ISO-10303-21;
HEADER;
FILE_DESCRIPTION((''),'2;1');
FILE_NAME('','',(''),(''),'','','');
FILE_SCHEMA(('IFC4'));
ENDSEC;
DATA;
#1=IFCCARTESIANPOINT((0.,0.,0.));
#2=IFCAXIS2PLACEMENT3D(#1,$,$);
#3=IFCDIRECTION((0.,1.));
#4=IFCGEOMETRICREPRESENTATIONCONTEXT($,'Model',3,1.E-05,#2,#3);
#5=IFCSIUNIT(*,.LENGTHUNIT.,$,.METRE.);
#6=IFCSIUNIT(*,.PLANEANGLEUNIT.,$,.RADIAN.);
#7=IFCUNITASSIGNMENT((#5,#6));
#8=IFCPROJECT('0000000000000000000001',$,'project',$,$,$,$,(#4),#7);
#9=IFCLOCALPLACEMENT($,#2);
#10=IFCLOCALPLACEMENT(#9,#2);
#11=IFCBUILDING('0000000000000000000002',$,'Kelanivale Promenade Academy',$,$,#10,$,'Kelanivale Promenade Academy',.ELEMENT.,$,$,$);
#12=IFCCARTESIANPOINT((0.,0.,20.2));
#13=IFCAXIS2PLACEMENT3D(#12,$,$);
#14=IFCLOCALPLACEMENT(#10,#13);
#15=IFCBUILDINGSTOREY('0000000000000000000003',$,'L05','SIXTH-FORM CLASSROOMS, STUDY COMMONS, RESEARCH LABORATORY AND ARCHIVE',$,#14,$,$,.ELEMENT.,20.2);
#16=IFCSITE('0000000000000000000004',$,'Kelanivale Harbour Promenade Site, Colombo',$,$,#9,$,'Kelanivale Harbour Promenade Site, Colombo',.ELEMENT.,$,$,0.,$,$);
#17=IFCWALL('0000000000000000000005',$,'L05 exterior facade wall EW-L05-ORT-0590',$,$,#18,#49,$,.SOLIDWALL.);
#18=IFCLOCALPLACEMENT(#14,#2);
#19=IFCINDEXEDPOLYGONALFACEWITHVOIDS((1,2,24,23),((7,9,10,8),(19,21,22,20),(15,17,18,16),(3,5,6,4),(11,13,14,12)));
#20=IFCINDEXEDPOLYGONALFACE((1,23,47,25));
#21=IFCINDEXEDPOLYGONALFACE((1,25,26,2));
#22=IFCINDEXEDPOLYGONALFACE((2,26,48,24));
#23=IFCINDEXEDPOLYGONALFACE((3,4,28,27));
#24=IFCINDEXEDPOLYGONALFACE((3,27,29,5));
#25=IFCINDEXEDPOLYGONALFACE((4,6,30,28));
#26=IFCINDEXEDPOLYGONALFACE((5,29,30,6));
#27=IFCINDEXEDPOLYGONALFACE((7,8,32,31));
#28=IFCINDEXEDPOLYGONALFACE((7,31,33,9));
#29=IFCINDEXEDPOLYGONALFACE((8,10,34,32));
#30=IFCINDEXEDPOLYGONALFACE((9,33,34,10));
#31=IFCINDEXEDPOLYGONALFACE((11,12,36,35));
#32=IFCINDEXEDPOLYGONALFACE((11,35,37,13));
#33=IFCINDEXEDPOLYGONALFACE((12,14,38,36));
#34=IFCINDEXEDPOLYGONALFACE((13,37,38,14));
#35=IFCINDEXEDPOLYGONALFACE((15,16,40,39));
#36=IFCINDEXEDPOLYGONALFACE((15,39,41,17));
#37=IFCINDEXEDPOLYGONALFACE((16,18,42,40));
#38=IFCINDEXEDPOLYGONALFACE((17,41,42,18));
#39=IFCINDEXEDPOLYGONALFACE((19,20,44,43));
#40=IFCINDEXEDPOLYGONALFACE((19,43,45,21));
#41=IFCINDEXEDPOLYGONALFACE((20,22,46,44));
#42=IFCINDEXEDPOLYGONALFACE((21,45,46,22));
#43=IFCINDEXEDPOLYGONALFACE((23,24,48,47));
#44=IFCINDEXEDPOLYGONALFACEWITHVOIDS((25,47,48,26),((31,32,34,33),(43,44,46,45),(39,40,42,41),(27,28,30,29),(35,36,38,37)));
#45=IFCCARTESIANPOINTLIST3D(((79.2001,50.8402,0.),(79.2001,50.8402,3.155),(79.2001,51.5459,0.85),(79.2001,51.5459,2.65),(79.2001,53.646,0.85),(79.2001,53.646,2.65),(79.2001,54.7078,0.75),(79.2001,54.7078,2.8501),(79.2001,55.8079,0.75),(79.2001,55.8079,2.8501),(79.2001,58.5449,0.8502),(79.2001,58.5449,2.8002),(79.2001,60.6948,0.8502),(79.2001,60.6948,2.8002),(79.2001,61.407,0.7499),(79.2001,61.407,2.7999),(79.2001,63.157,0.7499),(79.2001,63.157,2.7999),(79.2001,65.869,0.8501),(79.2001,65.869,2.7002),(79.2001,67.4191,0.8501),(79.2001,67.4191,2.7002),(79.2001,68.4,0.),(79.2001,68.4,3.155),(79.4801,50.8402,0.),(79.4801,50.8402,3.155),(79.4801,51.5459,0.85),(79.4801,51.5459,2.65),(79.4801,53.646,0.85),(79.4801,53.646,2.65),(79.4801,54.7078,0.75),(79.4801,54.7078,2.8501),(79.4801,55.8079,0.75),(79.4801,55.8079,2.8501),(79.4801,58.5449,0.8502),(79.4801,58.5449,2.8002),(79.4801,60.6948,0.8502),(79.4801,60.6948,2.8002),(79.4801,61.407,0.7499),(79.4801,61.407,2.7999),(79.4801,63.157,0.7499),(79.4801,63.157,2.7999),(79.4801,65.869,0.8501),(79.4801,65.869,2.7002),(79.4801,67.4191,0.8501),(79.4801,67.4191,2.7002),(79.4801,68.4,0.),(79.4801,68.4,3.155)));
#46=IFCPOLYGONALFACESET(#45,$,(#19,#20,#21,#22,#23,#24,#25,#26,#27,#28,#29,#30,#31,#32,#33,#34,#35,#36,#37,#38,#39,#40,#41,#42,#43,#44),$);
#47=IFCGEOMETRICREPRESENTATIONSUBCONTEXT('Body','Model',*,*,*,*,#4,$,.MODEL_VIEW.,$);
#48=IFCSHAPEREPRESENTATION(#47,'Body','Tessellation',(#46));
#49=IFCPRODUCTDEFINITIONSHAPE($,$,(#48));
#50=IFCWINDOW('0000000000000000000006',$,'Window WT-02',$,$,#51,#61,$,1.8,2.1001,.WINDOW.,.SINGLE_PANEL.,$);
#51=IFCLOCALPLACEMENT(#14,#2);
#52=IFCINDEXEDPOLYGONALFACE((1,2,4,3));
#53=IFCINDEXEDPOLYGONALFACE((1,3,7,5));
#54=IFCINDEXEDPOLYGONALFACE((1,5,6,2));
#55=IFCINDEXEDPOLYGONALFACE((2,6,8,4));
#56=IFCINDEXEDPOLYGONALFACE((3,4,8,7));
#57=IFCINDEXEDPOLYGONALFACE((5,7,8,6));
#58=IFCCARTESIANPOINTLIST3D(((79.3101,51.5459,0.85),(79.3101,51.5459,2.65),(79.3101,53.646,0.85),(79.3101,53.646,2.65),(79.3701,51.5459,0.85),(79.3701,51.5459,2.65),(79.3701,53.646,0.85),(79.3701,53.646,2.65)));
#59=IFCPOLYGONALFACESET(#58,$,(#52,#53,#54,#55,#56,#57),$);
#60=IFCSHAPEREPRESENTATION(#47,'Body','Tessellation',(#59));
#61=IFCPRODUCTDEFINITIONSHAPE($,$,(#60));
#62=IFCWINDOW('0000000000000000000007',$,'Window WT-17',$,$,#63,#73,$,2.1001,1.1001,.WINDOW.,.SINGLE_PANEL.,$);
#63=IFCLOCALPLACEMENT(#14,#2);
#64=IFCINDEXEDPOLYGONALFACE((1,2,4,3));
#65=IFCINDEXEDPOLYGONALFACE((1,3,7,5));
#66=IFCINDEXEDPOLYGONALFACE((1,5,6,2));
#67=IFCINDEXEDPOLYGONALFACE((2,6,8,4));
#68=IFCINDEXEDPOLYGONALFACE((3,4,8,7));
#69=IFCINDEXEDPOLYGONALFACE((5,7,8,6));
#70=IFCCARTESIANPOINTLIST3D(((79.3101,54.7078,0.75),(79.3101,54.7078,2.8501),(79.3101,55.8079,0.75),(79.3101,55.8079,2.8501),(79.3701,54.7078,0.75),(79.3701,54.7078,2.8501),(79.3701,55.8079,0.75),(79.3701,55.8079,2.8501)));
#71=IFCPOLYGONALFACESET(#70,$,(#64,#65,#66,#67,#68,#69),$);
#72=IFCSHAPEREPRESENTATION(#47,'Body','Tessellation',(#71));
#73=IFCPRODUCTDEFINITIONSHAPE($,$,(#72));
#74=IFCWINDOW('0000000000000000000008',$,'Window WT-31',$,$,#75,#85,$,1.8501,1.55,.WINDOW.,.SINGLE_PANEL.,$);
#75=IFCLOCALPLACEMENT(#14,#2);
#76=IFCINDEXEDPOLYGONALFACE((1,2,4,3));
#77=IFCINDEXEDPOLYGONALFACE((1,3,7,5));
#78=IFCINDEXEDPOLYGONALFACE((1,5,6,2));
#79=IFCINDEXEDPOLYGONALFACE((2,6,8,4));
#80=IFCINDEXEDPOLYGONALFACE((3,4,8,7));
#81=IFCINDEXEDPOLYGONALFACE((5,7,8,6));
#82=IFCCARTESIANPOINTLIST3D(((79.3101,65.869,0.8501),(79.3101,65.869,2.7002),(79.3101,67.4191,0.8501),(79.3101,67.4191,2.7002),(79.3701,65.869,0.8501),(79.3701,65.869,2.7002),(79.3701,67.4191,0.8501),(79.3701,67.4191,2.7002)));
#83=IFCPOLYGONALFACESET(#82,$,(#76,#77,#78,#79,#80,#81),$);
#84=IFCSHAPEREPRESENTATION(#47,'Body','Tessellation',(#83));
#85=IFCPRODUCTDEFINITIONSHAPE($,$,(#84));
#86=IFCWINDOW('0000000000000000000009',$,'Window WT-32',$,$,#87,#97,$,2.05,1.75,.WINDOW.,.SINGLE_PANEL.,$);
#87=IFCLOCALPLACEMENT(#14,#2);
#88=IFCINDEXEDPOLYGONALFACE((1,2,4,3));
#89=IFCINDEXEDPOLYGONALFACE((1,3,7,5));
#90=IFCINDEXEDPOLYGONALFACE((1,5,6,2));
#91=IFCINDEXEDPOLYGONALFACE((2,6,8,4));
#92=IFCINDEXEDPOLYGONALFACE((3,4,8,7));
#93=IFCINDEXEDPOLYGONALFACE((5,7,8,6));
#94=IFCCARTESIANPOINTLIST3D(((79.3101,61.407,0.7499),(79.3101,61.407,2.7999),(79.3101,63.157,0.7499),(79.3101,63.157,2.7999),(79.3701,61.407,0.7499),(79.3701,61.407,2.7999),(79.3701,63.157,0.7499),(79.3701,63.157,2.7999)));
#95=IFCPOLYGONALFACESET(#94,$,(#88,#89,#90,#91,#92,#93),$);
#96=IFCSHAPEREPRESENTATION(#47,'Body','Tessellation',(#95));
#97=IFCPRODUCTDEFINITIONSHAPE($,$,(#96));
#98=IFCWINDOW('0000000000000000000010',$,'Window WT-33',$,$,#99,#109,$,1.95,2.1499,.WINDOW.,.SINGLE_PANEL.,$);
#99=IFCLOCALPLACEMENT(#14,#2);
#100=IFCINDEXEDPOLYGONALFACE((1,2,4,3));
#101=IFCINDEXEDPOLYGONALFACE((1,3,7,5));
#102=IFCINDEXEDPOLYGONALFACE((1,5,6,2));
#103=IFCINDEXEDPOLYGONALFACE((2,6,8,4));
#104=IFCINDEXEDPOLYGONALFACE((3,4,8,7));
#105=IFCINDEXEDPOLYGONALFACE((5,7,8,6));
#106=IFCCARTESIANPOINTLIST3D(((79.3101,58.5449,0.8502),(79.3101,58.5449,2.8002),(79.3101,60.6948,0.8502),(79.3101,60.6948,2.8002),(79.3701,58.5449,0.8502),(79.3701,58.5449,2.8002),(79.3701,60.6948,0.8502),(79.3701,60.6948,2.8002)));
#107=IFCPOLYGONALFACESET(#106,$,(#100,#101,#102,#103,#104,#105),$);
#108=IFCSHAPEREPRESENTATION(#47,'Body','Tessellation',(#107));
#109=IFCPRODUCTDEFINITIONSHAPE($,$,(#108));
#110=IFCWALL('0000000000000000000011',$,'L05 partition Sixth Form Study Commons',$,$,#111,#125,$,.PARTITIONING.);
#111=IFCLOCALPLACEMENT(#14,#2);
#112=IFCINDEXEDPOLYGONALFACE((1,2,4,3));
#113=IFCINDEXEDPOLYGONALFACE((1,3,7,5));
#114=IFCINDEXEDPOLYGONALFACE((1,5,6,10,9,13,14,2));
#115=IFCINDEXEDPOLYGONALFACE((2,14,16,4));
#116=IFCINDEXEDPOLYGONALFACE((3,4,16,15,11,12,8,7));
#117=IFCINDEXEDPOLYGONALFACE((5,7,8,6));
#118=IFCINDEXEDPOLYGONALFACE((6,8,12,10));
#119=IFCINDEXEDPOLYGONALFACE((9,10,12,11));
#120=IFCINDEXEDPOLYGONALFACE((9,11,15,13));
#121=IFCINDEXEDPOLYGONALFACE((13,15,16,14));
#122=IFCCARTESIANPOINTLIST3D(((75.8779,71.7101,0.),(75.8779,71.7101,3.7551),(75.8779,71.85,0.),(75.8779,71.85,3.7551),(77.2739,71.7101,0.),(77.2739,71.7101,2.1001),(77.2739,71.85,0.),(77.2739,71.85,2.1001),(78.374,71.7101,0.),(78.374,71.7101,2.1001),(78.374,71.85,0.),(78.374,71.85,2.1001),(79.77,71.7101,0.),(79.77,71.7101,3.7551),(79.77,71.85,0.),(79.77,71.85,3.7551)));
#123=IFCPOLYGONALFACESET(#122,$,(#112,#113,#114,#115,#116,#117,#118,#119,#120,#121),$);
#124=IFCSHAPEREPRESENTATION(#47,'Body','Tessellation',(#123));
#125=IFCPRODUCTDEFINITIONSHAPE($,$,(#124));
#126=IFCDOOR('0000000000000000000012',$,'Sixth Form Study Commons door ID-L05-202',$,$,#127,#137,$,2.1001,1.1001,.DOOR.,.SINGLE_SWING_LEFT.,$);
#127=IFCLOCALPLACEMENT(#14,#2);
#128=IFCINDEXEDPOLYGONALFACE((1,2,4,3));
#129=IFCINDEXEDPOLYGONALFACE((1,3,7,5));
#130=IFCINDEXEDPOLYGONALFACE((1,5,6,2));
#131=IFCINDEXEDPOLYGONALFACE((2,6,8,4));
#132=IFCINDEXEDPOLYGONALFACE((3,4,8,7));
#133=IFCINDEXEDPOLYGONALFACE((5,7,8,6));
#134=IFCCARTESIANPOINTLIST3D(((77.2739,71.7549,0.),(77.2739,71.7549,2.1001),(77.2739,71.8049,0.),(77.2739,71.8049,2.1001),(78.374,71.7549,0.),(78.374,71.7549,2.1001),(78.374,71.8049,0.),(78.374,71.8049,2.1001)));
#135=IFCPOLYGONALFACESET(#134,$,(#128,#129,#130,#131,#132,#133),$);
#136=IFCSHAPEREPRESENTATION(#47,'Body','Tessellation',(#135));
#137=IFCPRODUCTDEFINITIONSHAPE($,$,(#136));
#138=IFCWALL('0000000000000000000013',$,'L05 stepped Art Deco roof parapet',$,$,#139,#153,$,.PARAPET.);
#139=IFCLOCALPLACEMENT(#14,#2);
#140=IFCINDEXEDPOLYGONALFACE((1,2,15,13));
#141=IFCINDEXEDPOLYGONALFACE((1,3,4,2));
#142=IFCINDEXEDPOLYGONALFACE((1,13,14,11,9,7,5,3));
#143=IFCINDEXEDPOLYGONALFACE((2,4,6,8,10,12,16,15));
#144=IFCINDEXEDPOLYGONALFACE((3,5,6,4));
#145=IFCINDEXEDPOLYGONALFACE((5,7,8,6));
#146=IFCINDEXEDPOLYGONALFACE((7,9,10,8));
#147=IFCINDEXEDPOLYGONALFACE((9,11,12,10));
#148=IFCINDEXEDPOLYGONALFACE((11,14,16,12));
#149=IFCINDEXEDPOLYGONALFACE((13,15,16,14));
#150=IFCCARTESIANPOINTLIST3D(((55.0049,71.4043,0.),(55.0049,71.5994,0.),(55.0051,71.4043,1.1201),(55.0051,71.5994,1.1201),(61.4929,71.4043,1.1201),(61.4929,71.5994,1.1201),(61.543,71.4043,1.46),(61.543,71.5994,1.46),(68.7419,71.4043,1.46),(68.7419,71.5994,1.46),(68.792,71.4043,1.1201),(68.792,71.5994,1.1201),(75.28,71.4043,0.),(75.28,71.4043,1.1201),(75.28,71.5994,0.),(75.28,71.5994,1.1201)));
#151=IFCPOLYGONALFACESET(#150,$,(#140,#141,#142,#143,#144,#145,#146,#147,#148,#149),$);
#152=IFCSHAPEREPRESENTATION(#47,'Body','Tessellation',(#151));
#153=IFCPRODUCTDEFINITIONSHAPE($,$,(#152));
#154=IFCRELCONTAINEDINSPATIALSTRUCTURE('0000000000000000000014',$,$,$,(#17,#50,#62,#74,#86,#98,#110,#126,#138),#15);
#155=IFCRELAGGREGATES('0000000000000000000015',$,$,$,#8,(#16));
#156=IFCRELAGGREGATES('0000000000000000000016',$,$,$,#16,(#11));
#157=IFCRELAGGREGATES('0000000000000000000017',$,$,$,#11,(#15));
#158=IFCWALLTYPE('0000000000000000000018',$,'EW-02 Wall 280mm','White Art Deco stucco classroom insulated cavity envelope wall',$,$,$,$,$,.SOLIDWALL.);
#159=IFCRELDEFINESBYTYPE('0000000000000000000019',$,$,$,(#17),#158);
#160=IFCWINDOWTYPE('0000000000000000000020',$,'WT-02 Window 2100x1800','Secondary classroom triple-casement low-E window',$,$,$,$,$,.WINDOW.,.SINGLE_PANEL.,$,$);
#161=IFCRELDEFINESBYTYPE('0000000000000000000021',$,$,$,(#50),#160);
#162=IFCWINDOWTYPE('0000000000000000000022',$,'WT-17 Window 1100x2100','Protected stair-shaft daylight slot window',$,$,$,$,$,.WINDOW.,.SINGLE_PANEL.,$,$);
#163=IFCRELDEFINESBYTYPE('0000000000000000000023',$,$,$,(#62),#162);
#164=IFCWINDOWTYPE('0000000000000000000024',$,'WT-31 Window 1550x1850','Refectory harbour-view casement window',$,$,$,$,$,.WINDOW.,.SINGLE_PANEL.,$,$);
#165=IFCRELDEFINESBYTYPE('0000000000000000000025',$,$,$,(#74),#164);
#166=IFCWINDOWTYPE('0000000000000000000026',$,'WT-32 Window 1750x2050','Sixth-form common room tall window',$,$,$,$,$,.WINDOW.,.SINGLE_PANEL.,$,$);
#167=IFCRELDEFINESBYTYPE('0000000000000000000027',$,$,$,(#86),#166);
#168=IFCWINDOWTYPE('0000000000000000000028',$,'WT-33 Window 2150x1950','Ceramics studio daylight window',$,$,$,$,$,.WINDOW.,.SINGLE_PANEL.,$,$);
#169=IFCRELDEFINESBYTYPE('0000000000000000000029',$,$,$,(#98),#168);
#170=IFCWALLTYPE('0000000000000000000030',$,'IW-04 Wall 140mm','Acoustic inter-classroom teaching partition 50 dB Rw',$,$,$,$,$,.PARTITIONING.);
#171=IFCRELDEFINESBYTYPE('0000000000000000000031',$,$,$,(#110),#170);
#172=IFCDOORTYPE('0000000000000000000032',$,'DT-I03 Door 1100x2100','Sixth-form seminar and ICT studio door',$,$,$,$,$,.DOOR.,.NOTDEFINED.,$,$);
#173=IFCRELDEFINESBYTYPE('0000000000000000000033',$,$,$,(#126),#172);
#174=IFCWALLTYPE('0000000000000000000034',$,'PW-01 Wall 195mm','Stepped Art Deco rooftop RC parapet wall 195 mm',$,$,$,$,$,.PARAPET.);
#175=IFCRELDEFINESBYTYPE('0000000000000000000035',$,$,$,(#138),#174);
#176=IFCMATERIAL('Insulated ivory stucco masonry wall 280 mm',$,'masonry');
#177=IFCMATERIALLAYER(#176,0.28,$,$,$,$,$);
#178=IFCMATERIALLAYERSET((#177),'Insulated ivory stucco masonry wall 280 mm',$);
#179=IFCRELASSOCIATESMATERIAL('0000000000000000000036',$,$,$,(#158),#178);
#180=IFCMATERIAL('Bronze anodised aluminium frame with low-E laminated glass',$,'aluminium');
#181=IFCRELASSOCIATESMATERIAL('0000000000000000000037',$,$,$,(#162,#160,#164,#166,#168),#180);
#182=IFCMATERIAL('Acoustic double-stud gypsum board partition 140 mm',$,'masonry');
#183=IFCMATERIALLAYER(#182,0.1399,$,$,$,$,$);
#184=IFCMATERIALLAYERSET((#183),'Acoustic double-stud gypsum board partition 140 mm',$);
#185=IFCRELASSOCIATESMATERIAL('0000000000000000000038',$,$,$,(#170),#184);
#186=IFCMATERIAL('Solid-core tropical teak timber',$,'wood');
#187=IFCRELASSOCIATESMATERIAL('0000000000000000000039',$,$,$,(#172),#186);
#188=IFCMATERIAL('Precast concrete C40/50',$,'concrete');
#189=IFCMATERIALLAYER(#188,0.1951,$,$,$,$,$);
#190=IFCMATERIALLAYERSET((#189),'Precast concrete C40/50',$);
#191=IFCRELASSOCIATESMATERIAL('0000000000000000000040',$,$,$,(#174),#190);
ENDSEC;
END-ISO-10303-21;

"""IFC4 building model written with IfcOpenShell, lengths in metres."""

from ifc_helpers import new_model, si_unit, direction, frame, frame_2d, origin, place, context, subcontext, project, spatial, polyline, rectangle, outline, extrude, material, layer, layer_set, type_object, element, fill, save


model = new_model("IFC4")

# Units and contexts
model_context = context("Model", 3, precision=1e-05, world=origin(), true_north=direction((0.0, 1.0)))
body_context = subcontext(model_context, "Body", "Model", "MODEL_VIEW")
ifc_project = project(units=[si_unit("LENGTHUNIT", "METRE"), si_unit("PLANEANGLEUNIT", "RADIAN")], contexts=[model_context])

# Site, building, storey
site_placement = place(None, origin())
site = spatial("IfcSite", under=ifc_project, at=site_placement, Name="Kelanivale Harbour Promenade Site, Colombo", LongName="Kelanivale Harbour Promenade Site, Colombo", CompositionType="ELEMENT", RefElevation=0.0)
building_placement = place(site_placement, origin())
building = spatial("IfcBuilding", under=site, at=building_placement, Name="Kelanivale Promenade Academy", LongName="Kelanivale Promenade Academy", CompositionType="ELEMENT")
storey_placement = place(building_placement, frame((0.0, 0.0, 20.2)))
storey = spatial("IfcBuildingStorey", under=building, at=storey_placement, Name="L05", Description="SIXTH-FORM CLASSROOMS, STUDY COMMONS, RESEARCH LABORATORY AND ARCHIVE", CompositionType="ELEMENT", Elevation=20.2)

# Shared definitions
ifc_material_1 = material(Name="Insulated ivory stucco masonry wall 280 mm", Category="masonry")
ifc_layer_1 = layer(ifc_material_1, 0.28)
ifc_layer_set_1 = layer_set([ifc_layer_1], Name="Insulated ivory stucco masonry wall 280 mm")
wall_type_1 = type_object("IfcWallType", Name="EW-02 Wall 280mm", Description="White Art Deco stucco classroom insulated cavity envelope wall", PredefinedType="SOLIDWALL", material=ifc_layer_set_1)
ifc_material_2 = material(Name="Bronze anodised aluminium frame with low-E laminated glass", Category="aluminium")
window_type_1 = type_object("IfcWindowType", Name="WT-17 Window 1100x2100", Description="Protected stair-shaft daylight slot window", PartitioningType="SINGLE_PANEL", PredefinedType="WINDOW", material=ifc_material_2)

# Wall, openings, windows
wall_1_placement = place(storey_placement, frame((79.3401, 68.3999, 0.0), z_axis=(0.0, 0.0, 1.0), x_axis=(0.0, -1.0, 0.0)))
wall_1 = element("IfcWall", 1, at=wall_1_placement, inside=storey, type_object=wall_type_1, Name="L05 exterior facade wall EW-L05-ORT-0590", PredefinedType="SOLIDWALL", context=body_context, shape_type="SweptSolid", body=[
    extrude(rectangle(XDim=17.5598, YDim=0.28, at=frame_2d((8.7798, 0.0))), origin(), (0.0, 0.0, 1.0), 3.155),
])
opening_1_placement = place(wall_1_placement, frame((0.981, 0.0, 0.8501)))
opening_1 = element("IfcOpeningElement", 2, at=opening_1_placement, cuts=wall_1, PredefinedType="OPENING", context=body_context, shape_type="SweptSolid", body=[
    extrude(rectangle(XDim=1.55, YDim=1.8501, at=frame_2d((0.7749, 0.925))), frame((0.0, 0.1499, 0.0), z_axis=(0.0, -1.0, 0.0), x_axis=(1.0, 0.0, 0.0)), (0.0, 0.0, 1.0), 0.3),
])
opening_2_placement = place(wall_1_placement, frame((5.2429, 0.0, 0.75)))
opening_2 = element("IfcOpeningElement", 3, at=opening_2_placement, cuts=wall_1, PredefinedType="OPENING", context=body_context, shape_type="SweptSolid", body=[
    extrude(rectangle(XDim=1.75, YDim=2.05, at=frame_2d((0.875, 1.0249))), frame((0.0, 0.1499, 0.0), z_axis=(0.0, -1.0, 0.0), x_axis=(1.0, 0.0, 0.0)), (0.0, 0.0, 1.0), 0.3),
])
opening_3_placement = place(wall_1_placement, frame((7.7051, 0.0, 0.8501)))
opening_3 = element("IfcOpeningElement", 4, at=opening_3_placement, cuts=wall_1, PredefinedType="OPENING", context=body_context, shape_type="SweptSolid", body=[
    extrude(rectangle(XDim=2.1499, YDim=1.95, at=frame_2d((1.075, 0.9751))), frame((0.0, 0.1499, 0.0), z_axis=(0.0, -1.0, 0.0), x_axis=(1.0, 0.0, 0.0)), (0.0, 0.0, 1.0), 0.3),
])
opening_4_placement = place(wall_1_placement, frame((12.592, 0.0, 0.75)))
opening_4 = element("IfcOpeningElement", 5, at=opening_4_placement, cuts=wall_1, PredefinedType="OPENING", context=body_context, shape_type="SweptSolid", body=[
    extrude(rectangle(XDim=1.1001, YDim=2.1001, at=frame_2d((0.55, 1.05))), frame((0.0, 0.1499, 0.0), z_axis=(0.0, -1.0, 0.0), x_axis=(1.0, 0.0, 0.0)), (0.0, 0.0, 1.0), 0.3),
])
opening_5_placement = place(wall_1_placement, frame((14.7539, 0.0, 0.8501)))
opening_5 = element("IfcOpeningElement", 6, at=opening_5_placement, cuts=wall_1, PredefinedType="OPENING", context=body_context, shape_type="SweptSolid", body=[
    extrude(rectangle(XDim=2.1001, YDim=1.8, at=frame_2d((1.05, 0.8999))), frame((0.0, 0.1499, 0.0), z_axis=(0.0, -1.0, 0.0), x_axis=(1.0, 0.0, 0.0)), (0.0, 0.0, 1.0), 0.3),
])
window_type_2 = type_object("IfcWindowType", Name="WT-02 Window 2100x1800", Description="Secondary classroom triple-casement low-E window", PartitioningType="SINGLE_PANEL", PredefinedType="WINDOW", material=ifc_material_2)
window_1_placement = place(opening_5_placement, origin())
window_1 = element("IfcWindow", 7, at=window_1_placement, inside=storey, type_object=window_type_2, Name="Window WT-02", OverallHeight=1.8, OverallWidth=2.1001, PartitioningType="SINGLE_PANEL", PredefinedType="WINDOW", context=body_context, shape_type="SweptSolid", body=[
    extrude(rectangle(XDim=2.1001, YDim=1.8, at=frame_2d((1.05, 0.8999))), frame((0.0, 0.03, 0.0), z_axis=(0.0, -1.0, 0.0), x_axis=(1.0, 0.0, 0.0)), (0.0, 0.0, 1.0), 0.0601),
])
fill(opening_5, window_1)
window_2_placement = place(opening_4_placement, origin())
window_2 = element("IfcWindow", 8, at=window_2_placement, inside=storey, type_object=window_type_1, Name="Window WT-17", OverallHeight=2.1001, OverallWidth=1.1001, PartitioningType="SINGLE_PANEL", PredefinedType="WINDOW", context=body_context, shape_type="SweptSolid", body=[
    extrude(rectangle(XDim=1.1001, YDim=2.1001, at=frame_2d((0.55, 1.05))), frame((0.0, 0.03, 0.0), z_axis=(0.0, -1.0, 0.0), x_axis=(1.0, 0.0, 0.0)), (0.0, 0.0, 1.0), 0.0601),
])
fill(opening_4, window_2)
window_type_3 = type_object("IfcWindowType", Name="WT-31 Window 1550x1850", Description="Refectory harbour-view casement window", PartitioningType="SINGLE_PANEL", PredefinedType="WINDOW", material=ifc_material_2)
window_3_placement = place(opening_1_placement, origin())
window_3 = element("IfcWindow", 9, at=window_3_placement, inside=storey, type_object=window_type_3, Name="Window WT-31", OverallHeight=1.8501, OverallWidth=1.55, PartitioningType="SINGLE_PANEL", PredefinedType="WINDOW", context=body_context, shape_type="SweptSolid", body=[
    extrude(rectangle(XDim=1.55, YDim=1.8501, at=frame_2d((0.7749, 0.925))), frame((0.0, 0.03, 0.0), z_axis=(0.0, -1.0, 0.0), x_axis=(1.0, 0.0, 0.0)), (0.0, 0.0, 1.0), 0.0601),
])
fill(opening_1, window_3)
window_type_4 = type_object("IfcWindowType", Name="WT-32 Window 1750x2050", Description="Sixth-form common room tall window", PartitioningType="SINGLE_PANEL", PredefinedType="WINDOW", material=ifc_material_2)
window_4_placement = place(opening_2_placement, origin())
window_4 = element("IfcWindow", 10, at=window_4_placement, inside=storey, type_object=window_type_4, Name="Window WT-32", OverallHeight=2.05, OverallWidth=1.75, PartitioningType="SINGLE_PANEL", PredefinedType="WINDOW", context=body_context, shape_type="SweptSolid", body=[
    extrude(rectangle(XDim=1.75, YDim=2.05, at=frame_2d((0.875, 1.0249))), frame((0.0, 0.03, 0.0), z_axis=(0.0, -1.0, 0.0), x_axis=(1.0, 0.0, 0.0)), (0.0, 0.0, 1.0), 0.0601),
])
fill(opening_2, window_4)
window_type_5 = type_object("IfcWindowType", Name="WT-33 Window 2150x1950", Description="Ceramics studio daylight window", PartitioningType="SINGLE_PANEL", PredefinedType="WINDOW", material=ifc_material_2)
window_5_placement = place(opening_3_placement, origin())
window_5 = element("IfcWindow", 11, at=window_5_placement, inside=storey, type_object=window_type_5, Name="Window WT-33", OverallHeight=1.95, OverallWidth=2.1499, PartitioningType="SINGLE_PANEL", PredefinedType="WINDOW", context=body_context, shape_type="SweptSolid", body=[
    extrude(rectangle(XDim=2.1499, YDim=1.95, at=frame_2d((1.075, 0.9751))), frame((0.0, 0.03, 0.0), z_axis=(0.0, -1.0, 0.0), x_axis=(1.0, 0.0, 0.0)), (0.0, 0.0, 1.0), 0.0601),
])
fill(opening_3, window_5)

# Wall, opening, door
ifc_material_3 = material(Name="Acoustic double-stud gypsum board partition 140 mm", Category="masonry")
ifc_layer_2 = layer(ifc_material_3, 0.1399)
ifc_layer_set_2 = layer_set([ifc_layer_2], Name="Acoustic double-stud gypsum board partition 140 mm")
wall_type_2 = type_object("IfcWallType", Name="IW-04 Wall 140mm", Description="Acoustic inter-classroom teaching partition 50 dB Rw", PredefinedType="PARTITIONING", material=ifc_layer_set_2)
wall_2_placement = place(storey_placement, frame((75.8779, 71.78, 0.0), z_axis=(0.0, 0.0, 1.0), x_axis=(1.0, 0.0, 0.0)))
wall_2 = element("IfcWall", 12, at=wall_2_placement, inside=storey, type_object=wall_type_2, Name="L05 partition Sixth Form Study Commons", PredefinedType="PARTITIONING", context=body_context, shape_type="SweptSolid", body=[
    extrude(rectangle(XDim=3.8921, YDim=0.1399, at=frame_2d((1.946, 0.0))), origin(), (0.0, 0.0, 1.0), 3.7551),
])
opening_6_placement = place(wall_2_placement, frame((1.396, 0.0, 0.0)))
opening_6 = element("IfcOpeningElement", 13, at=opening_6_placement, cuts=wall_2, PredefinedType="OPENING", context=body_context, shape_type="SweptSolid", body=[
    extrude(rectangle(XDim=1.1001, YDim=2.1001, at=frame_2d((0.55, 1.05))), frame((0.0, 0.0801, 0.0), z_axis=(0.0, -1.0, 0.0), x_axis=(1.0, 0.0, 0.0)), (0.0, 0.0, 1.0), 0.1599),
])
ifc_material_4 = material(Name="Solid-core tropical teak timber", Category="wood")
door_type_1 = type_object("IfcDoorType", Name="DT-I03 Door 1100x2100", Description="Sixth-form seminar and ICT studio door", OperationType="NOTDEFINED", PredefinedType="DOOR", material=ifc_material_4)
door_1_placement = place(opening_6_placement, origin())
door_1 = element("IfcDoor", 14, at=door_1_placement, inside=storey, type_object=door_type_1, Name="Sixth Form Study Commons door ID-L05-202", OperationType="SINGLE_SWING_LEFT", OverallHeight=2.1001, OverallWidth=1.1001, PredefinedType="DOOR", context=body_context, shape_type="SweptSolid", body=[
    extrude(rectangle(XDim=1.1001, YDim=2.1001, at=frame_2d((0.55, 1.05))), frame((0.0, 0.0249, 0.0), z_axis=(0.0, -1.0, 0.0), x_axis=(1.0, 0.0, 0.0)), (0.0, 0.0, 1.0), 0.05),
])
fill(opening_6, door_1)

# Wall
ifc_material_5 = material(Name="Precast concrete C40/50", Category="concrete")
ifc_layer_3 = layer(ifc_material_5, 0.1951)
ifc_layer_set_3 = layer_set([ifc_layer_3], Name="Precast concrete C40/50")
wall_type_3 = type_object("IfcWallType", Name="PW-01 Wall 195mm", Description="Stepped Art Deco rooftop RC parapet wall 195 mm", PredefinedType="PARAPET", material=ifc_layer_set_3)
wall_3_placement = place(storey_placement, frame((75.28, 71.502, 0.0), z_axis=(0.0, 0.0, 1.0), x_axis=(-1.0, 0.0, 0.0)))
element("IfcWall", 15, at=wall_3_placement, inside=storey, type_object=wall_type_3, Name="L05 stepped Art Deco roof parapet", PredefinedType="PARAPET", context=body_context, shape_type="SweptSolid", body=[
    extrude(outline(polyline([(0.0, 0.0), (20.2751, 0.0), (20.2749, 1.1201), (13.7871, 1.1201), (13.7371, 1.46), (6.5381, 1.46), (6.488, 1.1201), (0.0, 1.1201), (0.0, 0.0)])), frame((0.0, 0.0977, 0.0), z_axis=(0.0, -1.0, 0.0), x_axis=(1.0, 0.0, 0.0)), (0.0, 0.0, 1.0), 0.1951),
])

save(model, "model.ifc")
